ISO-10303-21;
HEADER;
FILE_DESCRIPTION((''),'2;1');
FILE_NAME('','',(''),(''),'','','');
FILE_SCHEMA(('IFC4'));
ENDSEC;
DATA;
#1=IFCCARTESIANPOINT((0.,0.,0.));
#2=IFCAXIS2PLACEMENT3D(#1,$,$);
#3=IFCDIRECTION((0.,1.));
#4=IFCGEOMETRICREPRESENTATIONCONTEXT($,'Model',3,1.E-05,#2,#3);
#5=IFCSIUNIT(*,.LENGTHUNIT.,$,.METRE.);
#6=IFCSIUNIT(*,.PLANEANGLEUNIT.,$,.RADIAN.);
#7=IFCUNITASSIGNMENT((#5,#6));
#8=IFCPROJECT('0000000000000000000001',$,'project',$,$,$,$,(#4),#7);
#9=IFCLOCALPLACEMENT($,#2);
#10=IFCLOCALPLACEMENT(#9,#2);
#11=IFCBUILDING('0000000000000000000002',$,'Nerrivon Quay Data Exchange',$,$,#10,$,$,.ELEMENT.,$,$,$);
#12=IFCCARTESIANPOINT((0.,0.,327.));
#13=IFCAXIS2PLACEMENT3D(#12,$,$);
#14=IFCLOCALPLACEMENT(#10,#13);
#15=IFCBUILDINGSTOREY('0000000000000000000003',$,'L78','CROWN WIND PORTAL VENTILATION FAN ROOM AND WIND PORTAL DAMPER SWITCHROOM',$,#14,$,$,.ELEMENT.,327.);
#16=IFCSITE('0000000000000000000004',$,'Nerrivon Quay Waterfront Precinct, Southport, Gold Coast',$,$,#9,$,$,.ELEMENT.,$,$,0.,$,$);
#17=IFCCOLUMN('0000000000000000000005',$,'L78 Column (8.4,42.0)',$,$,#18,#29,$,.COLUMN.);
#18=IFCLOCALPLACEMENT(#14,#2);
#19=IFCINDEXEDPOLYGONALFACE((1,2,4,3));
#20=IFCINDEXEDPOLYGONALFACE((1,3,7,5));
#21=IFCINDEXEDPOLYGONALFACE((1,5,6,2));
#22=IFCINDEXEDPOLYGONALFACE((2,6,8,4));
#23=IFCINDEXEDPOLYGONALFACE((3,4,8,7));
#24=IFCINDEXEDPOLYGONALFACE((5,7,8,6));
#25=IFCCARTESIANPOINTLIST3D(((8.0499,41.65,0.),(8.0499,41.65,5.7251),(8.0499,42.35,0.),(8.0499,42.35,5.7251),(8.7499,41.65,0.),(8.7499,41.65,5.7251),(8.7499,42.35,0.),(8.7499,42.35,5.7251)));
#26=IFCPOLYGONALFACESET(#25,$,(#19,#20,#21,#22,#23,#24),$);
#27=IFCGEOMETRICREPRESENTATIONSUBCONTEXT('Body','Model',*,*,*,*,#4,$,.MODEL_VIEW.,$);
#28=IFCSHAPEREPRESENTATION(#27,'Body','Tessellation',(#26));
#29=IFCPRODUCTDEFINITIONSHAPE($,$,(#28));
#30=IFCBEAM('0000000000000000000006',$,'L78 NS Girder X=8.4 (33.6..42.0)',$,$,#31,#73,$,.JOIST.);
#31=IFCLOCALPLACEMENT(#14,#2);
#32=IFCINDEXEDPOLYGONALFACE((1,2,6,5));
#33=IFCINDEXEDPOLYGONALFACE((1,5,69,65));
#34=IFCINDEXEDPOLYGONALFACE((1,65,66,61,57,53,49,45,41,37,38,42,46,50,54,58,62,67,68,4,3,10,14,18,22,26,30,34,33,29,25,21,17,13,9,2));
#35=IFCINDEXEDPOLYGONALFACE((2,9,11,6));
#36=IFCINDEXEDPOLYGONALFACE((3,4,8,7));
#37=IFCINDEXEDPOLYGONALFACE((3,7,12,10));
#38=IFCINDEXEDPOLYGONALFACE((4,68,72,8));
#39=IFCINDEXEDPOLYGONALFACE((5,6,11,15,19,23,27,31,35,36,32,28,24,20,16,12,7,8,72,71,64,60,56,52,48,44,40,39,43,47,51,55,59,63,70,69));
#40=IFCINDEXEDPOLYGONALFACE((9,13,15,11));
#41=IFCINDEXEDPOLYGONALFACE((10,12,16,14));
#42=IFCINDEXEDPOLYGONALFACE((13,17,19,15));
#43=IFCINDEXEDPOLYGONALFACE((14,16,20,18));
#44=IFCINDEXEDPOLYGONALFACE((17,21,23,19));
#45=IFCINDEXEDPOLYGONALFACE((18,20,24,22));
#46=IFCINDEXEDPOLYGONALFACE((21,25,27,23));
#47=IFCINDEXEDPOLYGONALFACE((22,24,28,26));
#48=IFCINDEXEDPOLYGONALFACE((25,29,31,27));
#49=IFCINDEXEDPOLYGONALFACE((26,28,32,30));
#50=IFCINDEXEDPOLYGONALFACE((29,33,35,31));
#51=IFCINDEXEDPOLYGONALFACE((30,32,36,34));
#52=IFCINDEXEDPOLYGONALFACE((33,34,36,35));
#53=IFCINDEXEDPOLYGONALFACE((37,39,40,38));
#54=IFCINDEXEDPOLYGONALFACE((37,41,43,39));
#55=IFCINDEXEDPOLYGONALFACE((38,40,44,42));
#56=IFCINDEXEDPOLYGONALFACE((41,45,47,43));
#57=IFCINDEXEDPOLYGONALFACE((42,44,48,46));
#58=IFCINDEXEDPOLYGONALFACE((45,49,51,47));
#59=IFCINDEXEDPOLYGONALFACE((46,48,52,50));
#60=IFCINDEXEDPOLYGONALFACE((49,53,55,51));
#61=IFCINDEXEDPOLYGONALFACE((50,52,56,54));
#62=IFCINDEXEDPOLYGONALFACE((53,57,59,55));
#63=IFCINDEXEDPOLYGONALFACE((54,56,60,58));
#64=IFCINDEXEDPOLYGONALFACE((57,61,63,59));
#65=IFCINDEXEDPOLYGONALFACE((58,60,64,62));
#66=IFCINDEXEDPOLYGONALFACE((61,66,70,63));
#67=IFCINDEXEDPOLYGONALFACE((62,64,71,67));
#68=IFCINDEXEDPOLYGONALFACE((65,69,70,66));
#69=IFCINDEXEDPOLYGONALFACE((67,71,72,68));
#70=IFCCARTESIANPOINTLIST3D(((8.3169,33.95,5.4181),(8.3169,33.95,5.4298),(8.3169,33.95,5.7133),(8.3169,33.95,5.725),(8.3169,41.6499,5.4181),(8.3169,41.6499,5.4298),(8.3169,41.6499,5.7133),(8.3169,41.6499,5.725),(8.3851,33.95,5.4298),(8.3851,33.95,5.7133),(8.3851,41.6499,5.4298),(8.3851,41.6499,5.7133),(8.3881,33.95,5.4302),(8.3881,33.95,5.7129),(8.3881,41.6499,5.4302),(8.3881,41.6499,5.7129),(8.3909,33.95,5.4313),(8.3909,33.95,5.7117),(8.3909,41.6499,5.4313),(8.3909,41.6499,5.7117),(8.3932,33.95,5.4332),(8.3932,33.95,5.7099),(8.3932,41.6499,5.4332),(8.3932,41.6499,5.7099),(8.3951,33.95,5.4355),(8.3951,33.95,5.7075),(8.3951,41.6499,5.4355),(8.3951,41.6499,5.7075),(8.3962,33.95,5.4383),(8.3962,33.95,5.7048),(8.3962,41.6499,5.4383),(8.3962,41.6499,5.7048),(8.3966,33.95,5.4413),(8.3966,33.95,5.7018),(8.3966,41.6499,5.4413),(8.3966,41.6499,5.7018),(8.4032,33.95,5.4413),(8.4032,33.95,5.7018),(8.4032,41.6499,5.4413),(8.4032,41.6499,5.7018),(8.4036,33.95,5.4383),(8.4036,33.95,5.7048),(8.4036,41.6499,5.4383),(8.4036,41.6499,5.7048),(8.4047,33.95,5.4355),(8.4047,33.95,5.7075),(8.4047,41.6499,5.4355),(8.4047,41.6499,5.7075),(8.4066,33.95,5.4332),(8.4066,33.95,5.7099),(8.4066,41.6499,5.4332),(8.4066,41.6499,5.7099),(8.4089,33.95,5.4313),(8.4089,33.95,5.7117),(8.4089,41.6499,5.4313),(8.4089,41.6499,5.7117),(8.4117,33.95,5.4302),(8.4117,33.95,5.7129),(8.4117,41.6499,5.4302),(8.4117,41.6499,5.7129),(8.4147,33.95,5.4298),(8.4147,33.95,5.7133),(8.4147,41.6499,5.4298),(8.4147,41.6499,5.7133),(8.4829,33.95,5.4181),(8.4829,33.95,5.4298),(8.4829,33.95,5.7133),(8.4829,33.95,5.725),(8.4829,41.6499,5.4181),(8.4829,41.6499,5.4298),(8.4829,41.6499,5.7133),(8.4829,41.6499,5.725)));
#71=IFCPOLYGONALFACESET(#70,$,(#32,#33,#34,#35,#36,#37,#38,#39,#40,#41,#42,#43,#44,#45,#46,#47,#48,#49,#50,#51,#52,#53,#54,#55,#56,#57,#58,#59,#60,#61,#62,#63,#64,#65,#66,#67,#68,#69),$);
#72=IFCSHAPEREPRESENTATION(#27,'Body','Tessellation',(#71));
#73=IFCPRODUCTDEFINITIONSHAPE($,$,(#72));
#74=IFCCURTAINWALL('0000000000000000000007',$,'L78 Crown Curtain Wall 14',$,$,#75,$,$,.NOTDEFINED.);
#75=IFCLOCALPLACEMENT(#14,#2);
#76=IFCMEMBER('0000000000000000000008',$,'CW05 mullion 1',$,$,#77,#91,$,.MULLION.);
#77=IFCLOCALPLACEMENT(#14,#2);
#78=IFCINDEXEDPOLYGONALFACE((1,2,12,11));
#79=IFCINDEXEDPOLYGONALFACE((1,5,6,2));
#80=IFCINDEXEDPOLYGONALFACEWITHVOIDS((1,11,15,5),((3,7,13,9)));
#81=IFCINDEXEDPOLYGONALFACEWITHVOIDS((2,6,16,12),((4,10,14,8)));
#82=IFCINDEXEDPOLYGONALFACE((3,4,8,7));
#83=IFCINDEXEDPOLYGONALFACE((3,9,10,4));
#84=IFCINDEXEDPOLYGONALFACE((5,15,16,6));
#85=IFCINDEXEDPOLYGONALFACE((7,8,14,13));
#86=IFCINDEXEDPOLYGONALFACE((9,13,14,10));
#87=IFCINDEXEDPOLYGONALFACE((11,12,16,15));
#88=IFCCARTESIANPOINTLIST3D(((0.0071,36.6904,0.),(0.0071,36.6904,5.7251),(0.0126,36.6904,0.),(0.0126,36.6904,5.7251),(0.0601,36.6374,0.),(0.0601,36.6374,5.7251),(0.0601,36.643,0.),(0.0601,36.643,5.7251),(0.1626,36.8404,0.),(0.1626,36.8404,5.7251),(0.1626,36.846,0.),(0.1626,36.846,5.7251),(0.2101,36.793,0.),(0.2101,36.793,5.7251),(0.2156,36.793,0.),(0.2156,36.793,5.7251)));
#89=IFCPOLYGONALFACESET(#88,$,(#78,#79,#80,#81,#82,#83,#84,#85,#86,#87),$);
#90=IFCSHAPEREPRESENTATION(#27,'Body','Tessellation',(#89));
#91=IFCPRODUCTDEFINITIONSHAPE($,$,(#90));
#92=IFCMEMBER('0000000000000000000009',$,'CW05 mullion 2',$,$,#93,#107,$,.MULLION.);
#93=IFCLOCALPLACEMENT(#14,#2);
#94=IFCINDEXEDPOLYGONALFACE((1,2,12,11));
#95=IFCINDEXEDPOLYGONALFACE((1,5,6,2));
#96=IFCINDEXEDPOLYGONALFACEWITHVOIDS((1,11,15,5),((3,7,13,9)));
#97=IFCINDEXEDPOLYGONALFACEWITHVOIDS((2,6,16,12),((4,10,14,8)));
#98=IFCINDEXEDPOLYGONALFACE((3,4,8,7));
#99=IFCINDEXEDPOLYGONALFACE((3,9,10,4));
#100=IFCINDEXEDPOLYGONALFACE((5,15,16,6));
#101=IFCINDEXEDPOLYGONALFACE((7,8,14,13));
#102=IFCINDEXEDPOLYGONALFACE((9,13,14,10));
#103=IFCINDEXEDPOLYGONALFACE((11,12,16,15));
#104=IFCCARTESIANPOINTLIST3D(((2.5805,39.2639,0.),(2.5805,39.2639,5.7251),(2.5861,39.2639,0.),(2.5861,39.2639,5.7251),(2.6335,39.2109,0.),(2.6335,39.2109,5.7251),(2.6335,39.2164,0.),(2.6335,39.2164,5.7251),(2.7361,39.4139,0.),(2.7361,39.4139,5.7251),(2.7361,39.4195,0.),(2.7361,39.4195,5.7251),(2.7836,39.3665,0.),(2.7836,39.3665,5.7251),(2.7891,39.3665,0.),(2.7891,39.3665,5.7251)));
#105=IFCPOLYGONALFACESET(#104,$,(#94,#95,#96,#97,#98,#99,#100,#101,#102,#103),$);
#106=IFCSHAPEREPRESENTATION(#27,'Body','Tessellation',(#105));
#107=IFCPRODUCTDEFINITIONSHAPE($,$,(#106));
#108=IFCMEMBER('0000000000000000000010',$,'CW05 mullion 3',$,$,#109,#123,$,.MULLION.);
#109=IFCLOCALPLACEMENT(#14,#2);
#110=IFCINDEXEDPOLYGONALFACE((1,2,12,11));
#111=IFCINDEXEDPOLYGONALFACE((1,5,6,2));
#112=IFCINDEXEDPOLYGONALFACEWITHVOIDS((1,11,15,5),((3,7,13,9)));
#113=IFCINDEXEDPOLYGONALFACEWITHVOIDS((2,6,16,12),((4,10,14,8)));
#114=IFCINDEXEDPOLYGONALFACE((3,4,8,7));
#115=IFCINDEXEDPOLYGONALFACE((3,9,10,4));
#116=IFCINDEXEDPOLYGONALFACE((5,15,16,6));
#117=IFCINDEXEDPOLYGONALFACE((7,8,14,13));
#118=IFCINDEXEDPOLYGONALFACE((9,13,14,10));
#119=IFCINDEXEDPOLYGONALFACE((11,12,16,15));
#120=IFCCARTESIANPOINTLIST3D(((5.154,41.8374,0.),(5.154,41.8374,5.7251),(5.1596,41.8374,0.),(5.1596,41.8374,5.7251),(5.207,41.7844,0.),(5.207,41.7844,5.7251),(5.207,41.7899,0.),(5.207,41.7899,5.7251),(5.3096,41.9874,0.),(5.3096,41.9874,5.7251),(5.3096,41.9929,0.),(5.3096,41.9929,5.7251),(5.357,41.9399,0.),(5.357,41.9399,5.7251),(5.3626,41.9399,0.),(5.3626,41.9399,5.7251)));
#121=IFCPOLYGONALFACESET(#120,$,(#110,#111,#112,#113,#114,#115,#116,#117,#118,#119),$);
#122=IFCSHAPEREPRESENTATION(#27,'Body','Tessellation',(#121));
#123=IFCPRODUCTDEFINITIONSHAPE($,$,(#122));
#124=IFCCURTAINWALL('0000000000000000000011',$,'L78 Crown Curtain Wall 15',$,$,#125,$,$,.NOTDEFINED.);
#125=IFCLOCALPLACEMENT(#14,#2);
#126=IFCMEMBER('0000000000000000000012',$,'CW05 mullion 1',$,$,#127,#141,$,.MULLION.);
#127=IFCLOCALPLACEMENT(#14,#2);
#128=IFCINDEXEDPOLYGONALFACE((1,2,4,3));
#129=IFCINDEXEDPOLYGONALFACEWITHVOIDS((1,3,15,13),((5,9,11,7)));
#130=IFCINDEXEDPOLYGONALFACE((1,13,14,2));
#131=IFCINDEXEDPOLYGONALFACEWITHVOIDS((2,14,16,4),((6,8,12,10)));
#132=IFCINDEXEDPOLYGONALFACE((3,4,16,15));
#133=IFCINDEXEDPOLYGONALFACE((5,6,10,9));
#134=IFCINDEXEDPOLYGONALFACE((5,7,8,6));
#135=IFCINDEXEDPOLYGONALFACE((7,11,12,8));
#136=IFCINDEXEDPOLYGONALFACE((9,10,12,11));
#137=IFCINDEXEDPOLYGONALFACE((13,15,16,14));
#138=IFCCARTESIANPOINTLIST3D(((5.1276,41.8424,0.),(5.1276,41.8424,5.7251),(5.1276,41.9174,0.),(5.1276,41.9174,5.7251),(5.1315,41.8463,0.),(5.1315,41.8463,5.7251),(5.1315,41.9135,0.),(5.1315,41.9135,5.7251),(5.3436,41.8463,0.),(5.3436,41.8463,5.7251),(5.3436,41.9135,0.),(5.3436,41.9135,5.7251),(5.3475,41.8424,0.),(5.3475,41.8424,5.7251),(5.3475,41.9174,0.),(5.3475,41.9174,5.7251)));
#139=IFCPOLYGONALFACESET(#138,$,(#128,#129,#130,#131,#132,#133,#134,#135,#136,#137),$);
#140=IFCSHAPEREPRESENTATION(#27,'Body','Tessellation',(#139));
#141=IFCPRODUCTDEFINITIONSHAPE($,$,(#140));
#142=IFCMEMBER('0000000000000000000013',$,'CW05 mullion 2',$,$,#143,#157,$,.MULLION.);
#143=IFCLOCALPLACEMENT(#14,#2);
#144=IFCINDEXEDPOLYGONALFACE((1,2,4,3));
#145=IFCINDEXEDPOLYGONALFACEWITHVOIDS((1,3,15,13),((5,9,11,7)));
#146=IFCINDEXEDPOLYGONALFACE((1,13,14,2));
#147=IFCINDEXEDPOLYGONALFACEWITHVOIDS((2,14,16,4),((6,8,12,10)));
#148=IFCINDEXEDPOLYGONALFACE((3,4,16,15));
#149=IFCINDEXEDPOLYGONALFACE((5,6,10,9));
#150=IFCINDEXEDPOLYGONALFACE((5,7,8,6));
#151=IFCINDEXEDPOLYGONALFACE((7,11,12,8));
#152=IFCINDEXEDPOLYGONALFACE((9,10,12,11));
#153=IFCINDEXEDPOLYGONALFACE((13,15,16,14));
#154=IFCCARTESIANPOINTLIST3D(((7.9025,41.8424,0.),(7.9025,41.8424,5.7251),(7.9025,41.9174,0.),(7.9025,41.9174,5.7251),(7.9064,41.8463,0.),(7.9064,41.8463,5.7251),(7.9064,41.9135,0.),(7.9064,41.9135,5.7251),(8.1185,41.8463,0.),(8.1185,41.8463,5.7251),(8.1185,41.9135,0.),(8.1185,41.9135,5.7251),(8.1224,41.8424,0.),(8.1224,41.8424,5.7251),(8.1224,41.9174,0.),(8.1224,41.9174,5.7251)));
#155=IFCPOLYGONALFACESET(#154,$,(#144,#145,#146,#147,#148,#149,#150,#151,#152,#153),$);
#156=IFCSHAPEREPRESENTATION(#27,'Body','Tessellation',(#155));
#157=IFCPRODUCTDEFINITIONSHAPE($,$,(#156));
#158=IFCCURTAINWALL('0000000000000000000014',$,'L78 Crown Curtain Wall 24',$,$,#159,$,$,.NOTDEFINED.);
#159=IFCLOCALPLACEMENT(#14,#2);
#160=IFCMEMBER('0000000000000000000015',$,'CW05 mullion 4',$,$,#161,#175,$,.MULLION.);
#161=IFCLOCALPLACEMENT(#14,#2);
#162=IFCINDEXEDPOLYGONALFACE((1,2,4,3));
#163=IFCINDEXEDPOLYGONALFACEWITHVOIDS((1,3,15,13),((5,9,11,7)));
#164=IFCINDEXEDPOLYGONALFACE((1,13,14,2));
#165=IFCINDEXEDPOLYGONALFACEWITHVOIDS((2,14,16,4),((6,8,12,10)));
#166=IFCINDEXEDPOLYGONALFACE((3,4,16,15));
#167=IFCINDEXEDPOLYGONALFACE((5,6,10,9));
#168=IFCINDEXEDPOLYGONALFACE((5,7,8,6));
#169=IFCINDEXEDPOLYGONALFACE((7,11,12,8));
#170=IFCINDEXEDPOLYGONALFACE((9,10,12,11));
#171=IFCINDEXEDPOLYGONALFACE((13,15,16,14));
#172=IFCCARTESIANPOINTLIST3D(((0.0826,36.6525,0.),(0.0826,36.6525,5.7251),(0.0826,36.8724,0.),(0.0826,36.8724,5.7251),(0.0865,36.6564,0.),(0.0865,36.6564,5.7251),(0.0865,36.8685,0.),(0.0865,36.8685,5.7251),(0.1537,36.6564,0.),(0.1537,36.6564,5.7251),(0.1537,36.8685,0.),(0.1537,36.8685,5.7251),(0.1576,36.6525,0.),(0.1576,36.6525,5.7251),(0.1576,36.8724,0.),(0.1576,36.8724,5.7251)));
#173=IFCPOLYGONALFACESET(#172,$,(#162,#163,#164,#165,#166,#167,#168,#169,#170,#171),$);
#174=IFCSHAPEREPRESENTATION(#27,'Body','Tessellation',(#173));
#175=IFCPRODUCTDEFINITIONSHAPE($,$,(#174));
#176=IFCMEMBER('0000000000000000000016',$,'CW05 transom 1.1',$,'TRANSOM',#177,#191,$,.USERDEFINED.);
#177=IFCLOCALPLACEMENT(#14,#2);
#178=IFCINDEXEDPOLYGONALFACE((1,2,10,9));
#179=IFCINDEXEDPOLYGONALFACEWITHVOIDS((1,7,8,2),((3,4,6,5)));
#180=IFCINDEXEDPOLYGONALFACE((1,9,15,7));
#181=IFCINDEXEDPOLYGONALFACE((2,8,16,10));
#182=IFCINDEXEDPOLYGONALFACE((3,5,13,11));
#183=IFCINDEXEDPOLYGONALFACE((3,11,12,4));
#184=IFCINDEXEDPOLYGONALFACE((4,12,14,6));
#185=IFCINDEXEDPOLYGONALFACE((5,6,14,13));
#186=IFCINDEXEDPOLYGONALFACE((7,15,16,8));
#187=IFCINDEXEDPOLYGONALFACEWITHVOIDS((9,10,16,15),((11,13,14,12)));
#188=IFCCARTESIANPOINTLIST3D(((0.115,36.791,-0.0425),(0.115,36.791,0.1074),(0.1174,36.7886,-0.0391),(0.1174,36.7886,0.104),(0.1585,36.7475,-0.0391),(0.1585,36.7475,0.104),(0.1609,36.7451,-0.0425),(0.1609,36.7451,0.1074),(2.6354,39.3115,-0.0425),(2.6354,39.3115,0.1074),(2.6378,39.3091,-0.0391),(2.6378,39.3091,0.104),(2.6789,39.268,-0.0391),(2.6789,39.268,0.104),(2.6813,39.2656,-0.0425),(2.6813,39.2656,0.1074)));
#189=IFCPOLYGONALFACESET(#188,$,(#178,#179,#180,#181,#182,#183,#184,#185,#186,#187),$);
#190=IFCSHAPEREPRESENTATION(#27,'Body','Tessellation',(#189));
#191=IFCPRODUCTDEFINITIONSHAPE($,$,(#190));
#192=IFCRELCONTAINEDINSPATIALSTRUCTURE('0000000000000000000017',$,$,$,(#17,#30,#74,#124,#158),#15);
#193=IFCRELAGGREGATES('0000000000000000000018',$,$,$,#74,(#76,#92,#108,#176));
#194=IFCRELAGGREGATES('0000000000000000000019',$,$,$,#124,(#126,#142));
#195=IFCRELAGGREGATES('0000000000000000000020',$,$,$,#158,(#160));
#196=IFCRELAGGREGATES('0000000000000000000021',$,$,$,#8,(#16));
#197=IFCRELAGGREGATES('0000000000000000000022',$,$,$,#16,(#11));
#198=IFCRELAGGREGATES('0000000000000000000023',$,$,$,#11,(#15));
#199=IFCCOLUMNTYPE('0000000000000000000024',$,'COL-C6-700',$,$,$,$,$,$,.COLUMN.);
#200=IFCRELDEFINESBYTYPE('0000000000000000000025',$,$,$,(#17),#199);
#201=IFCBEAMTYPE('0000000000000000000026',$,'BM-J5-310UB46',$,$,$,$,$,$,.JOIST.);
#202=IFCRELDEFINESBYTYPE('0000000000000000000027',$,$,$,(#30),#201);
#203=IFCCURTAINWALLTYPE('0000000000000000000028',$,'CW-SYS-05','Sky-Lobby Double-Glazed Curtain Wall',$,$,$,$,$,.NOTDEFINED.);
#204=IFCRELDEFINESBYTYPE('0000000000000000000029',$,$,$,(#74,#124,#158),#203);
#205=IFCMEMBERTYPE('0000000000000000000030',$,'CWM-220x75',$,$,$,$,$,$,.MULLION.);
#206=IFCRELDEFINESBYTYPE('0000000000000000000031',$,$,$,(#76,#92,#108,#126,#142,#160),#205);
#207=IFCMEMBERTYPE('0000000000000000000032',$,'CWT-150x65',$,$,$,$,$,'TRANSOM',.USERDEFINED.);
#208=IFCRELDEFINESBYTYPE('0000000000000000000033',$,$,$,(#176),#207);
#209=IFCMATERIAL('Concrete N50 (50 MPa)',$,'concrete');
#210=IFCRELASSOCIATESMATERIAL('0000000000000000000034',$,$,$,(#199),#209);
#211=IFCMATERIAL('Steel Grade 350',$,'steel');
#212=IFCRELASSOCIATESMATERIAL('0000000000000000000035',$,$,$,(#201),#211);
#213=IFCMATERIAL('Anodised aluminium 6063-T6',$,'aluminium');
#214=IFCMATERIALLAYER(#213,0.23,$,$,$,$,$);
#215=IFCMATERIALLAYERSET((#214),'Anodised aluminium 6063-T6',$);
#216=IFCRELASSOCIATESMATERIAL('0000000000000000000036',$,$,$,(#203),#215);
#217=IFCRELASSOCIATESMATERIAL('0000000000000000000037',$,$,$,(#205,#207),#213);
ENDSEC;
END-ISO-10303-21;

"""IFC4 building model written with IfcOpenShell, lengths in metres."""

from ifc_helpers import new_model, si_unit, direction, frame, origin, origin_2d, place, context, subcontext, project, spatial, rectangle, hollow_rectangle, i_section, extrude, material, layer, layer_set, material_profile, profile_set, type_object, element, aggregate, save


model = new_model("IFC4")

# Units and contexts
model_context = context("Model", 3, precision=1e-05, world=origin(), true_north=direction((0.0, 1.0)))
body_context = subcontext(model_context, "Body", "Model", "MODEL_VIEW")
ifc_project = project(units=[si_unit("LENGTHUNIT", "METRE"), si_unit("PLANEANGLEUNIT", "RADIAN")], contexts=[model_context])

# Site, building, storey
site_placement = place(None, origin())
site = spatial("IfcSite", under=ifc_project, at=site_placement, Name="Nerrivon Quay Waterfront Precinct, Southport, Gold Coast", CompositionType="ELEMENT", RefElevation=0.0)
building_placement = place(site_placement, origin())
building = spatial("IfcBuilding", under=site, at=building_placement, Name="Nerrivon Quay Data Exchange", CompositionType="ELEMENT")
storey_placement = place(building_placement, frame((0.0, 0.0, 327.0)))
storey = spatial("IfcBuildingStorey", under=building, at=storey_placement, Name="L78", Description="CROWN WIND PORTAL VENTILATION FAN ROOM AND WIND PORTAL DAMPER SWITCHROOM", CompositionType="ELEMENT", Elevation=327.0)

# Column
ifc_material_1 = material(Name="Concrete N50 (50 MPa)", Category="concrete")
ifc_material_profile_1 = material_profile(ifc_material_1, rectangle(XDim=0.7, YDim=0.7, at=origin_2d()), Name="RC-COL-700x700")
ifc_profile_set_1 = profile_set([ifc_material_profile_1], Name="Concrete N50 (50 MPa)")
column_type = type_object("IfcColumnType", Name="COL-C6-700", PredefinedType="COLUMN", material=ifc_profile_set_1)
column_placement = place(storey_placement, frame((8.3999, 42.0, 0.0), z_axis=(0.0, 0.0, 1.0), x_axis=(1.0, 0.0, 0.0)))
element("IfcColumn", 1, at=column_placement, inside=storey, type_object=column_type, Name="L78 Column (8.4,42.0)", PredefinedType="COLUMN", context=body_context, shape_type="SweptSolid", body=[
    extrude(rectangle(XDim=0.7, YDim=0.7, at=origin_2d()), origin(), (0.0, 0.0, 1.0), 5.7251),
])

# Beam
ifc_material_2 = material(Name="Steel Grade 350", Category="steel")
ifc_material_profile_2 = material_profile(ifc_material_2, i_section(OverallWidth=0.166, OverallDepth=0.3069, WebThickness=0.0066, FlangeThickness=0.0117, FilletRadius=0.0115, at=origin_2d()), Name="310UB46.2")
ifc_profile_set_2 = profile_set([ifc_material_profile_2], Name="Steel Grade 350")
beam_type = type_object("IfcBeamType", Name="BM-J5-310UB46", PredefinedType="JOIST", material=ifc_profile_set_2)
beam_placement = place(storey_placement, frame((8.3999, 33.95, 5.5715), z_axis=(0.0, 1.0, 0.0), x_axis=(-1.0, 0.0, 0.0)))
element("IfcBeam", 2, at=beam_placement, inside=storey, type_object=beam_type, Name="L78 NS Girder X=8.4 (33.6..42.0)", PredefinedType="JOIST", context=body_context, shape_type="SweptSolid", body=[
    extrude(i_section(OverallWidth=0.166, OverallDepth=0.3069, WebThickness=0.0066, FlangeThickness=0.0117, FilletRadius=0.0115, at=origin_2d()), origin(), (0.0, 0.0, 1.0), 7.7),
])

# Curtain walls, members
ifc_material_3 = material(Name="Anodised aluminium 6063-T6", Category="aluminium")
ifc_layer_1 = layer(ifc_material_3, 0.23)
ifc_layer_set_1 = layer_set([ifc_layer_1], Name="Anodised aluminium 6063-T6")
curtain_wall_type = type_object("IfcCurtainWallType", Name="CW-SYS-05", Description="Sky-Lobby Double-Glazed Curtain Wall", PredefinedType="NOTDEFINED", material=ifc_layer_set_1)
curtain_wall_1_placement = place(storey_placement, origin())
curtain_wall_1 = element("IfcCurtainWall", 3, at=curtain_wall_1_placement, inside=storey, type_object=curtain_wall_type, Name="L78 Crown Curtain Wall 14", PredefinedType="NOTDEFINED")
ifc_material_profile_3 = material_profile(ifc_material_3, hollow_rectangle(XDim=0.075, YDim=0.22, WallThickness=0.0039, at=origin_2d()), Name="ALU-MULL-220x75")
ifc_profile_set_3 = profile_set([ifc_material_profile_3], Name="Anodised aluminium 6063-T6")
member_type_1 = type_object("IfcMemberType", Name="CWM-220x75", PredefinedType="MULLION", material=ifc_profile_set_3)
member_1_placement = place(storey_placement, frame((0.1113, 36.7417, 0.0), z_axis=(0.0, 0.0, 1.0), x_axis=(-0.707107, 0.707107, 0.0)))
member_1 = element("IfcMember", 4, at=member_1_placement, type_object=member_type_1, Name="CW05 mullion 1", PredefinedType="MULLION", context=body_context, shape_type="SweptSolid", body=[
    extrude(hollow_rectangle(XDim=0.075, YDim=0.22, WallThickness=0.0039, at=origin_2d()), origin(), (0.0, 0.0, 1.0), 5.7251),
])
member_2_placement = place(storey_placement, frame((2.6848, 39.3152, 0.0), z_axis=(0.0, 0.0, 1.0), x_axis=(-0.707107, 0.707107, 0.0)))
member_2 = element("IfcMember", 5, at=member_2_placement, type_object=member_type_1, Name="CW05 mullion 2", PredefinedType="MULLION", context=body_context, shape_type="SweptSolid", body=[
    extrude(hollow_rectangle(XDim=0.075, YDim=0.22, WallThickness=0.0039, at=origin_2d()), origin(), (0.0, 0.0, 1.0), 5.7251),
])
member_3_placement = place(storey_placement, frame((5.2583, 41.8887, 0.0), z_axis=(0.0, 0.0, 1.0), x_axis=(-0.707107, 0.707107, 0.0)))
member_3 = element("IfcMember", 6, at=member_3_placement, type_object=member_type_1, Name="CW05 mullion 3", PredefinedType="MULLION", context=body_context, shape_type="SweptSolid", body=[
    extrude(hollow_rectangle(XDim=0.075, YDim=0.22, WallThickness=0.0039, at=origin_2d()), origin(), (0.0, 0.0, 1.0), 5.7251),
])
curtain_wall_2_placement = place(storey_placement, origin())
curtain_wall_2 = element("IfcCurtainWall", 7, at=curtain_wall_2_placement, inside=storey, type_object=curtain_wall_type, Name="L78 Crown Curtain Wall 15", PredefinedType="NOTDEFINED")
member_4_placement = place(storey_placement, frame((5.2375, 41.8799, 0.0), z_axis=(0.0, 0.0, 1.0), x_axis=(0.0, 1.0, 0.0)))
member_4 = element("IfcMember", 8, at=member_4_placement, type_object=member_type_1, Name="CW05 mullion 1", PredefinedType="MULLION", context=body_context, shape_type="SweptSolid", body=[
    extrude(hollow_rectangle(XDim=0.075, YDim=0.22, WallThickness=0.0039, at=origin_2d()), origin(), (0.0, 0.0, 1.0), 5.7251),
])
member_5_placement = place(storey_placement, frame((8.0125, 41.8799, 0.0), z_axis=(0.0, 0.0, 1.0), x_axis=(0.0, 1.0, 0.0)))
member_5 = element("IfcMember", 9, at=member_5_placement, type_object=member_type_1, Name="CW05 mullion 2", PredefinedType="MULLION", context=body_context, shape_type="SweptSolid", body=[
    extrude(hollow_rectangle(XDim=0.075, YDim=0.22, WallThickness=0.0039, at=origin_2d()), origin(), (0.0, 0.0, 1.0), 5.7251),
])

# Curtain wall, member
curtain_wall_3_placement = place(storey_placement, origin())
curtain_wall_3 = element("IfcCurtainWall", 10, at=curtain_wall_3_placement, inside=storey, type_object=curtain_wall_type, Name="L78 Crown Curtain Wall 24", PredefinedType="NOTDEFINED")
member_6_placement = place(storey_placement, frame((0.1201, 36.7625, 0.0), z_axis=(0.0, 0.0, 1.0), x_axis=(-1.0, 0.0, 0.0)))
member_6 = element("IfcMember", 11, at=member_6_placement, type_object=member_type_1, Name="CW05 mullion 4", PredefinedType="MULLION", context=body_context, shape_type="SweptSolid", body=[
    extrude(hollow_rectangle(XDim=0.075, YDim=0.22, WallThickness=0.0039, at=origin_2d()), origin(), (0.0, 0.0, 1.0), 5.7251),
])

# Member
ifc_material_profile_4 = material_profile(ifc_material_3, hollow_rectangle(XDim=0.0649, YDim=0.1499, WallThickness=0.0034, at=origin_2d()), Name="ALU-TRAN-150x65")
ifc_profile_set_4 = profile_set([ifc_material_profile_4], Name="Anodised aluminium 6063-T6")
member_type_2 = type_object("IfcMemberType", Name="CWT-150x65", ElementType="TRANSOM", PredefinedType="USERDEFINED", material=ifc_profile_set_4)
member_7_placement = place(storey_placement, frame((0.1379, 36.7681, 0.0325), z_axis=(0.707107, 0.707107, 0.0), x_axis=(-0.707107, 0.707107, 0.0)))
member_7 = element("IfcMember", 12, at=member_7_placement, type_object=member_type_2, Name="CW05 transom 1.1", ObjectType="TRANSOM", PredefinedType="USERDEFINED", context=body_context, shape_type="SweptSolid", body=[
    extrude(hollow_rectangle(XDim=0.0649, YDim=0.1499, WallThickness=0.0034, at=origin_2d()), origin(), (0.0, 0.0, 1.0), 3.5645),
])

aggregate(curtain_wall_1, [member_1, member_2, member_3, member_7])
aggregate(curtain_wall_2, [member_4, member_5])
aggregate(curtain_wall_3, [member_6])

save(model, "model.ifc")
